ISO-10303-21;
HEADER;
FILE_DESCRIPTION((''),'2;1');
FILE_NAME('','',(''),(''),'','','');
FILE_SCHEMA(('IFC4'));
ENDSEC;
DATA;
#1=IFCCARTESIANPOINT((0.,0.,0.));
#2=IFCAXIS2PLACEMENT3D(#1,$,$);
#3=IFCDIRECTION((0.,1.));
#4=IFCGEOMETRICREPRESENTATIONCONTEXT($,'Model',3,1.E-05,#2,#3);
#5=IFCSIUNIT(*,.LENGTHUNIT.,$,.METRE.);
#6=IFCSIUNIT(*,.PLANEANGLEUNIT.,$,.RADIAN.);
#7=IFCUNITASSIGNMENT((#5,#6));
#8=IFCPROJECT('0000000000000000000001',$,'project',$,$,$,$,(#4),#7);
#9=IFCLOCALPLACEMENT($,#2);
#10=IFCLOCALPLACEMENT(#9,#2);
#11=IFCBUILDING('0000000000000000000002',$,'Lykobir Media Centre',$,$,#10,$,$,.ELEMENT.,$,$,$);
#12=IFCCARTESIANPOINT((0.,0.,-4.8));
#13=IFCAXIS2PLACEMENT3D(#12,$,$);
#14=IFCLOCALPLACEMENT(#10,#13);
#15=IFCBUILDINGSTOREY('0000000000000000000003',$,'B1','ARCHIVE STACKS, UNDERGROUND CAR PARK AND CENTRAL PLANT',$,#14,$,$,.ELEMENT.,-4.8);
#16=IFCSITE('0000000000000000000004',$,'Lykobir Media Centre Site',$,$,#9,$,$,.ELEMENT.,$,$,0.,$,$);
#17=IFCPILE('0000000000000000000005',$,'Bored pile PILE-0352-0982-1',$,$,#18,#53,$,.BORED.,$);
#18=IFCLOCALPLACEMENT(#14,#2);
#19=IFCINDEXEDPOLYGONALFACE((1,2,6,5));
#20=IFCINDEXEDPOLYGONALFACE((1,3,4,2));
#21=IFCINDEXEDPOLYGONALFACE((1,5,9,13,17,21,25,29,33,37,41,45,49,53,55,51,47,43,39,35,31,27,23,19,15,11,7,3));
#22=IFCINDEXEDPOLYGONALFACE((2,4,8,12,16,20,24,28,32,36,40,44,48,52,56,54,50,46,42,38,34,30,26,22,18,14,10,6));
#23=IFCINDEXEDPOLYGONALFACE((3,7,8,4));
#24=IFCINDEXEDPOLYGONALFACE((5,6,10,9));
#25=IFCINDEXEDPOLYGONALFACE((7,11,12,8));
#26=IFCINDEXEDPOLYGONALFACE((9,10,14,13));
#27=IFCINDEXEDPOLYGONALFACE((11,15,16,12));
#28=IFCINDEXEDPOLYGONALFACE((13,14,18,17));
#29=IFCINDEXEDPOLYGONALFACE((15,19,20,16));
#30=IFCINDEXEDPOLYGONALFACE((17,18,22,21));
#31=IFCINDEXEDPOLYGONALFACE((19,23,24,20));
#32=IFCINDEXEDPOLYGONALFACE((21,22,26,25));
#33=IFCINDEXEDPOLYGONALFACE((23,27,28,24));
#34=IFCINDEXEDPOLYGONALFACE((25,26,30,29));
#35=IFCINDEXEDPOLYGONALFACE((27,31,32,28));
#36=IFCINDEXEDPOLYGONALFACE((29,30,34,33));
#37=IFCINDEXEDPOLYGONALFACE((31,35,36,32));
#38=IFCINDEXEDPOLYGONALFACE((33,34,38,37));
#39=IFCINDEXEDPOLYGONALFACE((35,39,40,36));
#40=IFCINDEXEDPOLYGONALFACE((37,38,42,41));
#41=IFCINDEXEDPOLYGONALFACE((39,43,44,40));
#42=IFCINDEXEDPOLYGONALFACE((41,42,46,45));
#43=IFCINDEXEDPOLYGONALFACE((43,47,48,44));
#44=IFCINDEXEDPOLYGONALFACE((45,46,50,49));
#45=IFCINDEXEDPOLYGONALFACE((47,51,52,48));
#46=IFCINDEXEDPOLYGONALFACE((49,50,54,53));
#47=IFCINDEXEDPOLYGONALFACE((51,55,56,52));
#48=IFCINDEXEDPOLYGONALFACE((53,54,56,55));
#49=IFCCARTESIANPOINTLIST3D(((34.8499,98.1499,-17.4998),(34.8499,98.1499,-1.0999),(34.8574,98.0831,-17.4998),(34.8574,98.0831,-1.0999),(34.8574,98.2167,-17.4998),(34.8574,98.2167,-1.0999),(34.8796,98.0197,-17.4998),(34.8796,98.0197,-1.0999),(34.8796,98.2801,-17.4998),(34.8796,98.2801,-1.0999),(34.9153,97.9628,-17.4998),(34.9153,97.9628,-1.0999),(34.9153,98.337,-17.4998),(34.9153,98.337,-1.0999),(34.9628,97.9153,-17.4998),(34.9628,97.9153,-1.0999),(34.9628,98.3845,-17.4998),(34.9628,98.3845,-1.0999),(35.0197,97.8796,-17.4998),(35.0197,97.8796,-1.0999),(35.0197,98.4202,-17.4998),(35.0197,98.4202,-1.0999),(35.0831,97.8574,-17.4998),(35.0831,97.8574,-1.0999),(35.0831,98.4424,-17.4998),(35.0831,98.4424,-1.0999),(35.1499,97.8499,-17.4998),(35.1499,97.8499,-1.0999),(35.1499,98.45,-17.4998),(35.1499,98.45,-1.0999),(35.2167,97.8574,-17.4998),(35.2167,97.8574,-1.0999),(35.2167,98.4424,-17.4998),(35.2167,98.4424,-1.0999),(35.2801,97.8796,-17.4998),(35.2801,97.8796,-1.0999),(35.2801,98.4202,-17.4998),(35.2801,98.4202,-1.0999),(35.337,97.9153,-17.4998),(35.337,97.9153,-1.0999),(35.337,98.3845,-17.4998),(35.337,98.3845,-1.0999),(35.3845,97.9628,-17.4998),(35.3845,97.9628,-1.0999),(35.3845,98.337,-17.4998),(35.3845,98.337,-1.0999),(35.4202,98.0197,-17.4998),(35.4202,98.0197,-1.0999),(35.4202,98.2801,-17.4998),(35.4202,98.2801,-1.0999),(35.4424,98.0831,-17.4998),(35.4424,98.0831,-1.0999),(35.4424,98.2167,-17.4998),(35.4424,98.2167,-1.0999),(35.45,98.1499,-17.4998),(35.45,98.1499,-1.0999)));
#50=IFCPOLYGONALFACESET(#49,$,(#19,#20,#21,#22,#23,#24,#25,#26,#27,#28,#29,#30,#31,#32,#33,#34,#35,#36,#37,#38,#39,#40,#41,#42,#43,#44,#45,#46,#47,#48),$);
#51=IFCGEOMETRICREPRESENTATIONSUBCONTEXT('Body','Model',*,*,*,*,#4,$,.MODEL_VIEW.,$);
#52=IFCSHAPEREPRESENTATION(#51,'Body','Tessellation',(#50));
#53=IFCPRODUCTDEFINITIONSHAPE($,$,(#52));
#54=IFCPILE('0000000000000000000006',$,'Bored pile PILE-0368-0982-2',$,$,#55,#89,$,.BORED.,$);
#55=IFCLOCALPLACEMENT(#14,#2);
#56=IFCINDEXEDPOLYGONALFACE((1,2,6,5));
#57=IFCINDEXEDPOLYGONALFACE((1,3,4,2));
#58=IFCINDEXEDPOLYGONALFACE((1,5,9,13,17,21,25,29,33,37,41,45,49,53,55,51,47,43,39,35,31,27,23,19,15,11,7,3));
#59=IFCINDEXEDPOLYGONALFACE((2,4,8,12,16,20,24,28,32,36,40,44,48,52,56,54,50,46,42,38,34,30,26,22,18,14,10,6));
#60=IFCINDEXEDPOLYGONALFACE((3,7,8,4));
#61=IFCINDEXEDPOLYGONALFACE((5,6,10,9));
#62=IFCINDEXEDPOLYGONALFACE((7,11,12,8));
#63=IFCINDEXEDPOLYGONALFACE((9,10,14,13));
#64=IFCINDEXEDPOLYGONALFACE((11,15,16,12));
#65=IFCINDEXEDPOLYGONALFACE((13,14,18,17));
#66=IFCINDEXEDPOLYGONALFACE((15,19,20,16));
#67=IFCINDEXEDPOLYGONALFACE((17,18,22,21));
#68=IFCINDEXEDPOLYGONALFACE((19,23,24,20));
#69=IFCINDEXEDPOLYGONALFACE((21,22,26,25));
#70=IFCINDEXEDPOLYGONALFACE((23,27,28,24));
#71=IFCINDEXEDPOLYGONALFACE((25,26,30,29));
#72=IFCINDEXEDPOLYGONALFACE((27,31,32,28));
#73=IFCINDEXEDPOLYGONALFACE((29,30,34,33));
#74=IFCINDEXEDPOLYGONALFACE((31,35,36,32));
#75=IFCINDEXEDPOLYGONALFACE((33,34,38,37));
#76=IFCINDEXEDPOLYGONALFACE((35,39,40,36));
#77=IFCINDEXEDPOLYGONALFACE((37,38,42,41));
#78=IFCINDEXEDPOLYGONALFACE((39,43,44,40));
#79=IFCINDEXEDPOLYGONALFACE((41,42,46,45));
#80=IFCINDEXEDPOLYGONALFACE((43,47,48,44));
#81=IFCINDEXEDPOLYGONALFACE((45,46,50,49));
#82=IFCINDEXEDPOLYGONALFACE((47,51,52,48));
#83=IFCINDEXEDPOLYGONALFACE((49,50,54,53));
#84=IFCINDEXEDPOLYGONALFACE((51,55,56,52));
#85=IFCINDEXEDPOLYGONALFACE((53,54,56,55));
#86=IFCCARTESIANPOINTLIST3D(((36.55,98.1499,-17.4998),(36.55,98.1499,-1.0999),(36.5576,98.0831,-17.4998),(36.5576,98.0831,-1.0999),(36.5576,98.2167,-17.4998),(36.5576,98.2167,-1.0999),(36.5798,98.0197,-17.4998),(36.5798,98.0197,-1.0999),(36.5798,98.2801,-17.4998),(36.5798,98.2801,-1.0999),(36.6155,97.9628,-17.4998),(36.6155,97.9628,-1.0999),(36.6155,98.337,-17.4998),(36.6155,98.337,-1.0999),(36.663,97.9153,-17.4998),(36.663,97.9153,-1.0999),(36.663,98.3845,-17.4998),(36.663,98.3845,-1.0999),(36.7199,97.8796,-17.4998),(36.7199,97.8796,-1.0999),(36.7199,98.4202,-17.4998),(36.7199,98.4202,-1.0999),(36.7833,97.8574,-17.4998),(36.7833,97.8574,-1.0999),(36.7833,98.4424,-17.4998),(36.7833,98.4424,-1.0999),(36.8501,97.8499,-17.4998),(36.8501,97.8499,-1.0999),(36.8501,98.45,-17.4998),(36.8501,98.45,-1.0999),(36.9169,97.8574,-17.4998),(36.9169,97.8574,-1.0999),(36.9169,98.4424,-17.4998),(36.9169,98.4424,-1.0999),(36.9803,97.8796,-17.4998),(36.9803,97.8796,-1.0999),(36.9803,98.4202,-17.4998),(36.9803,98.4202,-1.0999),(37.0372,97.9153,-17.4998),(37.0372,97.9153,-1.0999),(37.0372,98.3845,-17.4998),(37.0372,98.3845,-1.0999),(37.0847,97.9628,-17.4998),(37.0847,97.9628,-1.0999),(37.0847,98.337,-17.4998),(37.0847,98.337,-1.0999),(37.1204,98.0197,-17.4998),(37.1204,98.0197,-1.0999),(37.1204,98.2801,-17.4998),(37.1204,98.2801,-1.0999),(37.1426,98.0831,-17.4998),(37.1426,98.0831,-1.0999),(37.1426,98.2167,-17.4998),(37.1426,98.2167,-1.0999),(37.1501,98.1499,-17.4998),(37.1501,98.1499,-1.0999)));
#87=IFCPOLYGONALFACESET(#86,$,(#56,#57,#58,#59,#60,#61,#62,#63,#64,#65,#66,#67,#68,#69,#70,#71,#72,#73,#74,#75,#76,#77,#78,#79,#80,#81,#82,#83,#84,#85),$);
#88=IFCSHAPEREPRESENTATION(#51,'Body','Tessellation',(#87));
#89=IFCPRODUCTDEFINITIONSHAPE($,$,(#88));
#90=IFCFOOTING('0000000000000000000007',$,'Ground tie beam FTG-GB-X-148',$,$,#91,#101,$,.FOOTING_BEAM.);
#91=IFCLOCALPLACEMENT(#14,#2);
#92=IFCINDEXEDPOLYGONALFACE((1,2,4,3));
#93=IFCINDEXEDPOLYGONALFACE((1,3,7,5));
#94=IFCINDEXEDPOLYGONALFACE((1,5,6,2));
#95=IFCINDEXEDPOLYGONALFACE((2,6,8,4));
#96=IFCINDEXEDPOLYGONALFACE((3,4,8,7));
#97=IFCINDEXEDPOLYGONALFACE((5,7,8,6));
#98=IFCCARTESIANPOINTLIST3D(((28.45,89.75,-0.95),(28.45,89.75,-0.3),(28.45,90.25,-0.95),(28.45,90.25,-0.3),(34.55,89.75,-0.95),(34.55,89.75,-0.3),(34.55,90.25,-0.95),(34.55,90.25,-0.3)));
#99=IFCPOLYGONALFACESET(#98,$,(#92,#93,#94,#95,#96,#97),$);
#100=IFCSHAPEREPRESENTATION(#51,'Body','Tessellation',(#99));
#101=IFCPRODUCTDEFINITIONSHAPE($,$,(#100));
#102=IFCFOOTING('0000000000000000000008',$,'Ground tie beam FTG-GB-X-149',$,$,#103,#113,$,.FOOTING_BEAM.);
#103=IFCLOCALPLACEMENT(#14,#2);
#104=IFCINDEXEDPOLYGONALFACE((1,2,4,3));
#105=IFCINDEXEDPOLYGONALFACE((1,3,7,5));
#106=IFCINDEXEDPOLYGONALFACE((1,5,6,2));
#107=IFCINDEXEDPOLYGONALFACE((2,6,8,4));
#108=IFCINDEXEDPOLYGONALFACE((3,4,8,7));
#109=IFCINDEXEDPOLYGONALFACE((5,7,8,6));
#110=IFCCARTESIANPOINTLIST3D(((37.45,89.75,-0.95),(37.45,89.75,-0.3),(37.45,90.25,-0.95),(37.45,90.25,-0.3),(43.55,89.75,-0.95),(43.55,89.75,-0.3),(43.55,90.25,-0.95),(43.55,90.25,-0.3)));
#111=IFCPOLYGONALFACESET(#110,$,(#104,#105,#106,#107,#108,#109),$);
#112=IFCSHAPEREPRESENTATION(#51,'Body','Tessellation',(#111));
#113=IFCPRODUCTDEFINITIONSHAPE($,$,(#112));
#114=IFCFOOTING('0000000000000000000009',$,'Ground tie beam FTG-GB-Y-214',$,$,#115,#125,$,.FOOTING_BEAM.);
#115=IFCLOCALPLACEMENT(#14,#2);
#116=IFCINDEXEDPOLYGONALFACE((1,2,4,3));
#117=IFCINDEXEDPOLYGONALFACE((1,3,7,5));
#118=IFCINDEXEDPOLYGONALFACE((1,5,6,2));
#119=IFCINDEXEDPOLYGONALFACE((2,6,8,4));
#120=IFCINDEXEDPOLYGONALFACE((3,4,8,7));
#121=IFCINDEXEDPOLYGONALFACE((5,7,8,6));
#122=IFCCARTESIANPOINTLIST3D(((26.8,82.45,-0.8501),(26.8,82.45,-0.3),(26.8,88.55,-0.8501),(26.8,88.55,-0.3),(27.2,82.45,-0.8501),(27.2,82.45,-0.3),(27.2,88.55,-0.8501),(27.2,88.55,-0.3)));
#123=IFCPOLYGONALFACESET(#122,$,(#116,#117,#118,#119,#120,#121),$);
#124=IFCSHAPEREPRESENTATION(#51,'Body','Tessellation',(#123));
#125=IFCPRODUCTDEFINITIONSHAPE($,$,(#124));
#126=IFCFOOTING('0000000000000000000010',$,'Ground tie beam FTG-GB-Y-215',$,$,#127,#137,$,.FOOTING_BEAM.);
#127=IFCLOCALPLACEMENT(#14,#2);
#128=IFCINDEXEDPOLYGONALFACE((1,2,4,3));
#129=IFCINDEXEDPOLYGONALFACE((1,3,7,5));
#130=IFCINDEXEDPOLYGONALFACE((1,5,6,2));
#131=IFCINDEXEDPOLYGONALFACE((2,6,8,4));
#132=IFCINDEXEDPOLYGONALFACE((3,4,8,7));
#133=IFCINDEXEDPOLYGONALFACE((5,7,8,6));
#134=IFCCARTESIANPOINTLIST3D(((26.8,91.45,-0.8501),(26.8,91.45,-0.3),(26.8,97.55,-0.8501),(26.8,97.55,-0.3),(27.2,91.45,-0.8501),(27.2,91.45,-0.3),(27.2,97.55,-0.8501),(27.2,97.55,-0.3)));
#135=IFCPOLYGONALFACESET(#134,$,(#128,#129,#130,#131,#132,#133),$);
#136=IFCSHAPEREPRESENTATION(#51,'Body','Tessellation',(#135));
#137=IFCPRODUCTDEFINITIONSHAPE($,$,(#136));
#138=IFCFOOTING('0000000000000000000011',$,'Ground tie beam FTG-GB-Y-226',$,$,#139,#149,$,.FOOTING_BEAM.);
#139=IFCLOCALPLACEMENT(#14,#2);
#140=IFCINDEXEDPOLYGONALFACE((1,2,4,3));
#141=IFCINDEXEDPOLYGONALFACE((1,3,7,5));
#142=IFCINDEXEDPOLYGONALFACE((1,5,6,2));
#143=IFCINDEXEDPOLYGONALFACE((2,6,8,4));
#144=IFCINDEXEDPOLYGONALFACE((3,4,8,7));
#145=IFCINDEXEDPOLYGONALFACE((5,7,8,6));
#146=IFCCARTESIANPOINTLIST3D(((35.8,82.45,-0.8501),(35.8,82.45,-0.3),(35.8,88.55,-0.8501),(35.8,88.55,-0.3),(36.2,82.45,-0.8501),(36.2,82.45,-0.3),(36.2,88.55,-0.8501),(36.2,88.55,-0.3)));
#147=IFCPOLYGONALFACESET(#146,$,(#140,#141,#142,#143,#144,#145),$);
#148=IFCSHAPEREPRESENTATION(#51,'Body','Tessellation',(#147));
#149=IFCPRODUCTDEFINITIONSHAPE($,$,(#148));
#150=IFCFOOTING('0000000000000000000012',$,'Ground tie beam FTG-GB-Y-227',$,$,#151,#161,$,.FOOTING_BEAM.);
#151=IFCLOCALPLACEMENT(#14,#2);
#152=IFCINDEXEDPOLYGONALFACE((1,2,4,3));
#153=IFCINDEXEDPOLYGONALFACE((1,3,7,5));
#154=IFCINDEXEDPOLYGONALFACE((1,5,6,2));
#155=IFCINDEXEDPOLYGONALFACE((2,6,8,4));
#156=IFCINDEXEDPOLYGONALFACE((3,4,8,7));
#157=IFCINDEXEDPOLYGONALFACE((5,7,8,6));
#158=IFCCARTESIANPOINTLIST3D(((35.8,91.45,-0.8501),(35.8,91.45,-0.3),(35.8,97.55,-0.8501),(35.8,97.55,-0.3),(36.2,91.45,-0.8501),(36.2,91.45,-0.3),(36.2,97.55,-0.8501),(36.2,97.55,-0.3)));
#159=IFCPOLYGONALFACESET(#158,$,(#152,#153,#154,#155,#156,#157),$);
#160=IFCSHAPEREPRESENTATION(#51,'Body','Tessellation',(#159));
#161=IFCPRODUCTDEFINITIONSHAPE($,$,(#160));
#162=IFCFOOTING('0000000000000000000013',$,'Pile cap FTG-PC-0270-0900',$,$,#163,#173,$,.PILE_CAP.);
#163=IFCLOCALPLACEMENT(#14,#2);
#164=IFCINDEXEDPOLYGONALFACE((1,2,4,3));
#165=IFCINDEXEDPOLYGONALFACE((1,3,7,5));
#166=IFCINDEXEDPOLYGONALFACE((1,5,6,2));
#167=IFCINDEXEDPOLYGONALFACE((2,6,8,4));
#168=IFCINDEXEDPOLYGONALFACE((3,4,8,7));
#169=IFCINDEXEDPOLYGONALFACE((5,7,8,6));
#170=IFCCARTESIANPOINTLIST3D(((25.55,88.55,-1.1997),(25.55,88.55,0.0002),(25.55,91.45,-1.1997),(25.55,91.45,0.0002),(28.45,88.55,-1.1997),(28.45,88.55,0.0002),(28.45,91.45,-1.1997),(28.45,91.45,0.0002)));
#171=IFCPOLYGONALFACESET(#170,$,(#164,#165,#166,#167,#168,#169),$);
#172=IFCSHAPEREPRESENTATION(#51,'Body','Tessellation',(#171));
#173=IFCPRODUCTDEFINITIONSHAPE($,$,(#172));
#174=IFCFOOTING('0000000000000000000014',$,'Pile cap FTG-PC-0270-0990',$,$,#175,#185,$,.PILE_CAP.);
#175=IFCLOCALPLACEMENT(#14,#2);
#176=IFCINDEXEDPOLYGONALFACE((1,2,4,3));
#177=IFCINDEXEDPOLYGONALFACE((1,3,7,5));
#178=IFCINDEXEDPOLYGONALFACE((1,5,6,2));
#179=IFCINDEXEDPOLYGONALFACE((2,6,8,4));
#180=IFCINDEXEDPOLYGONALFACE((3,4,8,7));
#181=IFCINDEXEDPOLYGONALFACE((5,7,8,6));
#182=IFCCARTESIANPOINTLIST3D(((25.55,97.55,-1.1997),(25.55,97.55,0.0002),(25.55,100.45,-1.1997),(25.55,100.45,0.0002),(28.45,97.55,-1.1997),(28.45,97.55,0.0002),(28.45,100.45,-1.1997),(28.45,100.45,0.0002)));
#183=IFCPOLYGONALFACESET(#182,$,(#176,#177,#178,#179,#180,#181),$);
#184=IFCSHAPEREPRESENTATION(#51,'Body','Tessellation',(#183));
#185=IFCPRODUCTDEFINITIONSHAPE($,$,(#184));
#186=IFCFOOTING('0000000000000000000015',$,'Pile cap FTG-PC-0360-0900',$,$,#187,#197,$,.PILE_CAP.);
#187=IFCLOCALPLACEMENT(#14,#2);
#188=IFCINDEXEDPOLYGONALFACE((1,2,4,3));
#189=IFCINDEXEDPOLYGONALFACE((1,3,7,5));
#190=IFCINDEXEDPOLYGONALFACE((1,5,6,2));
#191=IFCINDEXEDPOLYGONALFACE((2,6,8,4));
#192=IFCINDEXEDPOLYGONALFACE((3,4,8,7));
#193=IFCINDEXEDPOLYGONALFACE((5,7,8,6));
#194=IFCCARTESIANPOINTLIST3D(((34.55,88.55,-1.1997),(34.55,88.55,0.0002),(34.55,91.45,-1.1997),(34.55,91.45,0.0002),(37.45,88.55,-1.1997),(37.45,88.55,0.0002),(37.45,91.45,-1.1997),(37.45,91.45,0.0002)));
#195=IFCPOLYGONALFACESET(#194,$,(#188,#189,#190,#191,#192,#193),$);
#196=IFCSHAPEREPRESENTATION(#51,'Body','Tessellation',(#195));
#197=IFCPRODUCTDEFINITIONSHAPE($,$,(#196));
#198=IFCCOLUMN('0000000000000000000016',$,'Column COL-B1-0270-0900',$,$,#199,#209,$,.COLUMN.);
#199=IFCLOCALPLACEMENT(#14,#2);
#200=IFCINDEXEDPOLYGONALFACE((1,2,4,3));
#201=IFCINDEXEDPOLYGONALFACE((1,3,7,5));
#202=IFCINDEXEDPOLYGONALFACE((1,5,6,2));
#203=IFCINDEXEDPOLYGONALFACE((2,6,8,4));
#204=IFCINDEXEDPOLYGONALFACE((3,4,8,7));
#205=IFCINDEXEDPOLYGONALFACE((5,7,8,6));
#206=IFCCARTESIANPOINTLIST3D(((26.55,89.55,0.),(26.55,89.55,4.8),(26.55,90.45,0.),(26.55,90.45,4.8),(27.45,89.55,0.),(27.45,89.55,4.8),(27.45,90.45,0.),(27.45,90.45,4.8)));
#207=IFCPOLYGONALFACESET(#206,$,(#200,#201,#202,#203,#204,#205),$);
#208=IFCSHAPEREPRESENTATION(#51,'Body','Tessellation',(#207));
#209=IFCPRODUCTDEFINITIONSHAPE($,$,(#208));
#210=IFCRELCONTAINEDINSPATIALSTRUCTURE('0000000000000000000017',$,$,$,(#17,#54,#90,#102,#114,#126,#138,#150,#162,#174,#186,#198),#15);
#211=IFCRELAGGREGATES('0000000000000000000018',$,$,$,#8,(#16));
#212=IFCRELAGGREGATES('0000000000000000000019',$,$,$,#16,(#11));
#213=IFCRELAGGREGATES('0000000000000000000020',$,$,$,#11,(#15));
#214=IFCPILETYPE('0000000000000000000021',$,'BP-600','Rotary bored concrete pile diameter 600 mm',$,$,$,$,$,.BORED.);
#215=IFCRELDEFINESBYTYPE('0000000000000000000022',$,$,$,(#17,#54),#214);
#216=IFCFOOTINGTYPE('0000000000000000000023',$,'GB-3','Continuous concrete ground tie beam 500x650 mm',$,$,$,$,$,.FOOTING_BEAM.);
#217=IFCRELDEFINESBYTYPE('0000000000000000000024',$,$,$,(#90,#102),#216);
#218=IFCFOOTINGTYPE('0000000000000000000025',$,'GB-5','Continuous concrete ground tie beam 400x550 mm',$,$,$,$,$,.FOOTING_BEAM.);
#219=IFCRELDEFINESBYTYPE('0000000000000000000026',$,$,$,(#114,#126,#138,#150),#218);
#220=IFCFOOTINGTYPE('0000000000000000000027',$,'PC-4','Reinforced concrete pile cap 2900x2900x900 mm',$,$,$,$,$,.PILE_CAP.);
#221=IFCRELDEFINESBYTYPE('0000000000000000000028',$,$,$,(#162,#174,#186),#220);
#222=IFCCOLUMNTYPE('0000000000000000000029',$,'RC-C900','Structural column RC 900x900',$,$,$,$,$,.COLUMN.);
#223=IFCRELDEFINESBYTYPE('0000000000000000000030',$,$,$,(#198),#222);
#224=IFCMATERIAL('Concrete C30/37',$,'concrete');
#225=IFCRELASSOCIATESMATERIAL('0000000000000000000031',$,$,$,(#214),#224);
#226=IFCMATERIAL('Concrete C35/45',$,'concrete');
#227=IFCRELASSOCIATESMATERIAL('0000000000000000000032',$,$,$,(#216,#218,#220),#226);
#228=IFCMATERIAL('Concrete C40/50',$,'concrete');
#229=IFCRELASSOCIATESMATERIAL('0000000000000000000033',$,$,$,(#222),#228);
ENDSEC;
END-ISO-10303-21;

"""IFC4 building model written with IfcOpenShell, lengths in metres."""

from ifc_helpers import new_model, si_unit, direction, frame, origin, origin_2d, place, context, subcontext, project, spatial, rectangle, circle, extrude, material, material_profile, profile_set, type_object, element, save


model = new_model("IFC4")

# Units and contexts
model_context = context("Model", 3, precision=1e-05, world=origin(), true_north=direction((0.0, 1.0)))
body_context = subcontext(model_context, "Body", "Model", "MODEL_VIEW")
ifc_project = project(units=[si_unit("LENGTHUNIT", "METRE"), si_unit("PLANEANGLEUNIT", "RADIAN")], contexts=[model_context])

# Site, building, storey
site_placement = place(None, origin())
site = spatial("IfcSite", under=ifc_project, at=site_placement, Name="Lykobir Media Centre Site", CompositionType="ELEMENT", RefElevation=0.0)
building_placement = place(site_placement, origin())
building = spatial("IfcBuilding", under=site, at=building_placement, Name="Lykobir Media Centre", CompositionType="ELEMENT")
storey_placement = place(building_placement, frame((0.0, 0.0, -4.8)))
storey = spatial("IfcBuildingStorey", under=building, at=storey_placement, Name="B1", Description="ARCHIVE STACKS, UNDERGROUND CAR PARK AND CENTRAL PLANT", CompositionType="ELEMENT", Elevation=-4.8)

# Piles
ifc_material_1 = material(Name="Concrete C30/37", Category="concrete")
ifc_material_profile_1 = material_profile(ifc_material_1, circle(Radius=0.3, at=origin_2d()), Name="BORED PILE D600")
ifc_profile_set_1 = profile_set([ifc_material_profile_1], Name="Concrete C30/37")
pile_type = type_object("IfcPileType", Name="BP-600", Description="Rotary bored concrete pile diameter 600 mm", PredefinedType="BORED", material=ifc_profile_set_1)
for number, where, z_axis, x_axis, name in (
    (1, (35.1499, 98.1499, -1.0999), (0.0, 0.0, -1.0), (1.0, 0.0, 0.0), "Bored pile PILE-0352-0982-1"),
    (2, (36.8501, 98.1499, -1.0999), (0.0, 0.0, -1.0), (1.0, 0.0, 0.0), "Bored pile PILE-0368-0982-2"),
):
    element("IfcPile", number, at=place(storey_placement, frame(where, z_axis=z_axis, x_axis=x_axis)), inside=storey, type_object=pile_type, Name=name, PredefinedType="BORED", context=body_context, shape_type="SweptSolid", body=[
        extrude(circle(Radius=0.3, at=origin_2d()), origin(), (0.0, 0.0, 1.0), 16.3999),
    ])

# Footings
ifc_material_2 = material(Name="Concrete C35/45", Category="concrete")
footing_type_1 = type_object("IfcFootingType", Name="GB-3", Description="Continuous concrete ground tie beam 500x650 mm", PredefinedType="FOOTING_BEAM", material=ifc_material_2)
for number, where, z_axis, x_axis, name in (
    (3, (31.5, 90.0, -0.95), (0.0, 0.0, 1.0), (1.0, 0.0, 0.0), "Ground tie beam FTG-GB-X-148"),
    (4, (40.5, 90.0, -0.95), (0.0, 0.0, 1.0), (1.0, 0.0, 0.0), "Ground tie beam FTG-GB-X-149"),
):
    element("IfcFooting", number, at=place(storey_placement, frame(where, z_axis=z_axis, x_axis=x_axis)), inside=storey, type_object=footing_type_1, Name=name, PredefinedType="FOOTING_BEAM", context=body_context, shape_type="SweptSolid", body=[
        extrude(rectangle(XDim=6.1001, YDim=0.5, at=origin_2d()), origin(), (0.0, 0.0, 1.0), 0.6499),
    ])
footing_type_2 = type_object("IfcFootingType", Name="GB-5", Description="Continuous concrete ground tie beam 400x550 mm", PredefinedType="FOOTING_BEAM", material=ifc_material_2)
for number, where, z_axis, x_axis, name in (
    (5, (27.0, 85.5, -0.8501), (0.0, 0.0, 1.0), (0.0, 1.0, 0.0), "Ground tie beam FTG-GB-Y-214"),
    (6, (27.0, 94.5, -0.8501), (0.0, 0.0, 1.0), (0.0, 1.0, 0.0), "Ground tie beam FTG-GB-Y-215"),
    (7, (36.0, 85.5, -0.8501), (0.0, 0.0, 1.0), (0.0, 1.0, 0.0), "Ground tie beam FTG-GB-Y-226"),
    (8, (36.0, 94.5, -0.8501), (0.0, 0.0, 1.0), (0.0, 1.0, 0.0), "Ground tie beam FTG-GB-Y-227"),
):
    element("IfcFooting", number, at=place(storey_placement, frame(where, z_axis=z_axis, x_axis=x_axis)), inside=storey, type_object=footing_type_2, Name=name, PredefinedType="FOOTING_BEAM", context=body_context, shape_type="SweptSolid", body=[
        extrude(rectangle(XDim=6.1001, YDim=0.3999, at=origin_2d()), origin(), (0.0, 0.0, 1.0), 0.55),
    ])
footing_type_3 = type_object("IfcFootingType", Name="PC-4", Description="Reinforced concrete pile cap 2900x2900x900 mm", PredefinedType="PILE_CAP", material=ifc_material_2)
for number, where, z_axis, x_axis, name in (
    (9, (27.0, 90.0, -1.1997), (0.0, 0.0, 1.0), (1.0, 0.0, 0.0), "Pile cap FTG-PC-0270-0900"),
    (10, (27.0, 99.0, -1.1997), (0.0, 0.0, 1.0), (1.0, 0.0, 0.0), "Pile cap FTG-PC-0270-0990"),
    (11, (36.0, 90.0, -1.1997), (0.0, 0.0, 1.0), (1.0, 0.0, 0.0), "Pile cap FTG-PC-0360-0900"),
):
    element("IfcFooting", number, at=place(storey_placement, frame(where, z_axis=z_axis, x_axis=x_axis)), inside=storey, type_object=footing_type_3, Name=name, PredefinedType="PILE_CAP", context=body_context, shape_type="SweptSolid", body=[
        extrude(rectangle(XDim=2.8999, YDim=2.8999, at=origin_2d()), origin(), (0.0, 0.0, 1.0), 1.2),
    ])

# Column
ifc_material_3 = material(Name="Concrete C40/50", Category="concrete")
ifc_material_profile_2 = material_profile(ifc_material_3, rectangle(XDim=0.8999, YDim=0.8999, at=origin_2d()), Name="RC 900x900")
ifc_profile_set_2 = profile_set([ifc_material_profile_2], Name="Concrete C40/50")
column_type_1 = type_object("IfcColumnType", Name="RC-C900", Description="Structural column RC 900x900", PredefinedType="COLUMN", material=ifc_profile_set_2)
column_1_placement = place(storey_placement, frame((27.0, 90.0, 0.0), z_axis=(0.0, 0.0, 1.0), x_axis=(1.0, 0.0, 0.0)))
element("IfcColumn", 12, at=column_1_placement, inside=storey, type_object=column_type_1, Name="Column COL-B1-0270-0900", PredefinedType="COLUMN", context=body_context, shape_type="SweptSolid", body=[
    extrude(rectangle(XDim=0.8999, YDim=0.8999, at=origin_2d()), origin(), (0.0, 0.0, 1.0), 4.8),
])

save(model, "model.ifc")
